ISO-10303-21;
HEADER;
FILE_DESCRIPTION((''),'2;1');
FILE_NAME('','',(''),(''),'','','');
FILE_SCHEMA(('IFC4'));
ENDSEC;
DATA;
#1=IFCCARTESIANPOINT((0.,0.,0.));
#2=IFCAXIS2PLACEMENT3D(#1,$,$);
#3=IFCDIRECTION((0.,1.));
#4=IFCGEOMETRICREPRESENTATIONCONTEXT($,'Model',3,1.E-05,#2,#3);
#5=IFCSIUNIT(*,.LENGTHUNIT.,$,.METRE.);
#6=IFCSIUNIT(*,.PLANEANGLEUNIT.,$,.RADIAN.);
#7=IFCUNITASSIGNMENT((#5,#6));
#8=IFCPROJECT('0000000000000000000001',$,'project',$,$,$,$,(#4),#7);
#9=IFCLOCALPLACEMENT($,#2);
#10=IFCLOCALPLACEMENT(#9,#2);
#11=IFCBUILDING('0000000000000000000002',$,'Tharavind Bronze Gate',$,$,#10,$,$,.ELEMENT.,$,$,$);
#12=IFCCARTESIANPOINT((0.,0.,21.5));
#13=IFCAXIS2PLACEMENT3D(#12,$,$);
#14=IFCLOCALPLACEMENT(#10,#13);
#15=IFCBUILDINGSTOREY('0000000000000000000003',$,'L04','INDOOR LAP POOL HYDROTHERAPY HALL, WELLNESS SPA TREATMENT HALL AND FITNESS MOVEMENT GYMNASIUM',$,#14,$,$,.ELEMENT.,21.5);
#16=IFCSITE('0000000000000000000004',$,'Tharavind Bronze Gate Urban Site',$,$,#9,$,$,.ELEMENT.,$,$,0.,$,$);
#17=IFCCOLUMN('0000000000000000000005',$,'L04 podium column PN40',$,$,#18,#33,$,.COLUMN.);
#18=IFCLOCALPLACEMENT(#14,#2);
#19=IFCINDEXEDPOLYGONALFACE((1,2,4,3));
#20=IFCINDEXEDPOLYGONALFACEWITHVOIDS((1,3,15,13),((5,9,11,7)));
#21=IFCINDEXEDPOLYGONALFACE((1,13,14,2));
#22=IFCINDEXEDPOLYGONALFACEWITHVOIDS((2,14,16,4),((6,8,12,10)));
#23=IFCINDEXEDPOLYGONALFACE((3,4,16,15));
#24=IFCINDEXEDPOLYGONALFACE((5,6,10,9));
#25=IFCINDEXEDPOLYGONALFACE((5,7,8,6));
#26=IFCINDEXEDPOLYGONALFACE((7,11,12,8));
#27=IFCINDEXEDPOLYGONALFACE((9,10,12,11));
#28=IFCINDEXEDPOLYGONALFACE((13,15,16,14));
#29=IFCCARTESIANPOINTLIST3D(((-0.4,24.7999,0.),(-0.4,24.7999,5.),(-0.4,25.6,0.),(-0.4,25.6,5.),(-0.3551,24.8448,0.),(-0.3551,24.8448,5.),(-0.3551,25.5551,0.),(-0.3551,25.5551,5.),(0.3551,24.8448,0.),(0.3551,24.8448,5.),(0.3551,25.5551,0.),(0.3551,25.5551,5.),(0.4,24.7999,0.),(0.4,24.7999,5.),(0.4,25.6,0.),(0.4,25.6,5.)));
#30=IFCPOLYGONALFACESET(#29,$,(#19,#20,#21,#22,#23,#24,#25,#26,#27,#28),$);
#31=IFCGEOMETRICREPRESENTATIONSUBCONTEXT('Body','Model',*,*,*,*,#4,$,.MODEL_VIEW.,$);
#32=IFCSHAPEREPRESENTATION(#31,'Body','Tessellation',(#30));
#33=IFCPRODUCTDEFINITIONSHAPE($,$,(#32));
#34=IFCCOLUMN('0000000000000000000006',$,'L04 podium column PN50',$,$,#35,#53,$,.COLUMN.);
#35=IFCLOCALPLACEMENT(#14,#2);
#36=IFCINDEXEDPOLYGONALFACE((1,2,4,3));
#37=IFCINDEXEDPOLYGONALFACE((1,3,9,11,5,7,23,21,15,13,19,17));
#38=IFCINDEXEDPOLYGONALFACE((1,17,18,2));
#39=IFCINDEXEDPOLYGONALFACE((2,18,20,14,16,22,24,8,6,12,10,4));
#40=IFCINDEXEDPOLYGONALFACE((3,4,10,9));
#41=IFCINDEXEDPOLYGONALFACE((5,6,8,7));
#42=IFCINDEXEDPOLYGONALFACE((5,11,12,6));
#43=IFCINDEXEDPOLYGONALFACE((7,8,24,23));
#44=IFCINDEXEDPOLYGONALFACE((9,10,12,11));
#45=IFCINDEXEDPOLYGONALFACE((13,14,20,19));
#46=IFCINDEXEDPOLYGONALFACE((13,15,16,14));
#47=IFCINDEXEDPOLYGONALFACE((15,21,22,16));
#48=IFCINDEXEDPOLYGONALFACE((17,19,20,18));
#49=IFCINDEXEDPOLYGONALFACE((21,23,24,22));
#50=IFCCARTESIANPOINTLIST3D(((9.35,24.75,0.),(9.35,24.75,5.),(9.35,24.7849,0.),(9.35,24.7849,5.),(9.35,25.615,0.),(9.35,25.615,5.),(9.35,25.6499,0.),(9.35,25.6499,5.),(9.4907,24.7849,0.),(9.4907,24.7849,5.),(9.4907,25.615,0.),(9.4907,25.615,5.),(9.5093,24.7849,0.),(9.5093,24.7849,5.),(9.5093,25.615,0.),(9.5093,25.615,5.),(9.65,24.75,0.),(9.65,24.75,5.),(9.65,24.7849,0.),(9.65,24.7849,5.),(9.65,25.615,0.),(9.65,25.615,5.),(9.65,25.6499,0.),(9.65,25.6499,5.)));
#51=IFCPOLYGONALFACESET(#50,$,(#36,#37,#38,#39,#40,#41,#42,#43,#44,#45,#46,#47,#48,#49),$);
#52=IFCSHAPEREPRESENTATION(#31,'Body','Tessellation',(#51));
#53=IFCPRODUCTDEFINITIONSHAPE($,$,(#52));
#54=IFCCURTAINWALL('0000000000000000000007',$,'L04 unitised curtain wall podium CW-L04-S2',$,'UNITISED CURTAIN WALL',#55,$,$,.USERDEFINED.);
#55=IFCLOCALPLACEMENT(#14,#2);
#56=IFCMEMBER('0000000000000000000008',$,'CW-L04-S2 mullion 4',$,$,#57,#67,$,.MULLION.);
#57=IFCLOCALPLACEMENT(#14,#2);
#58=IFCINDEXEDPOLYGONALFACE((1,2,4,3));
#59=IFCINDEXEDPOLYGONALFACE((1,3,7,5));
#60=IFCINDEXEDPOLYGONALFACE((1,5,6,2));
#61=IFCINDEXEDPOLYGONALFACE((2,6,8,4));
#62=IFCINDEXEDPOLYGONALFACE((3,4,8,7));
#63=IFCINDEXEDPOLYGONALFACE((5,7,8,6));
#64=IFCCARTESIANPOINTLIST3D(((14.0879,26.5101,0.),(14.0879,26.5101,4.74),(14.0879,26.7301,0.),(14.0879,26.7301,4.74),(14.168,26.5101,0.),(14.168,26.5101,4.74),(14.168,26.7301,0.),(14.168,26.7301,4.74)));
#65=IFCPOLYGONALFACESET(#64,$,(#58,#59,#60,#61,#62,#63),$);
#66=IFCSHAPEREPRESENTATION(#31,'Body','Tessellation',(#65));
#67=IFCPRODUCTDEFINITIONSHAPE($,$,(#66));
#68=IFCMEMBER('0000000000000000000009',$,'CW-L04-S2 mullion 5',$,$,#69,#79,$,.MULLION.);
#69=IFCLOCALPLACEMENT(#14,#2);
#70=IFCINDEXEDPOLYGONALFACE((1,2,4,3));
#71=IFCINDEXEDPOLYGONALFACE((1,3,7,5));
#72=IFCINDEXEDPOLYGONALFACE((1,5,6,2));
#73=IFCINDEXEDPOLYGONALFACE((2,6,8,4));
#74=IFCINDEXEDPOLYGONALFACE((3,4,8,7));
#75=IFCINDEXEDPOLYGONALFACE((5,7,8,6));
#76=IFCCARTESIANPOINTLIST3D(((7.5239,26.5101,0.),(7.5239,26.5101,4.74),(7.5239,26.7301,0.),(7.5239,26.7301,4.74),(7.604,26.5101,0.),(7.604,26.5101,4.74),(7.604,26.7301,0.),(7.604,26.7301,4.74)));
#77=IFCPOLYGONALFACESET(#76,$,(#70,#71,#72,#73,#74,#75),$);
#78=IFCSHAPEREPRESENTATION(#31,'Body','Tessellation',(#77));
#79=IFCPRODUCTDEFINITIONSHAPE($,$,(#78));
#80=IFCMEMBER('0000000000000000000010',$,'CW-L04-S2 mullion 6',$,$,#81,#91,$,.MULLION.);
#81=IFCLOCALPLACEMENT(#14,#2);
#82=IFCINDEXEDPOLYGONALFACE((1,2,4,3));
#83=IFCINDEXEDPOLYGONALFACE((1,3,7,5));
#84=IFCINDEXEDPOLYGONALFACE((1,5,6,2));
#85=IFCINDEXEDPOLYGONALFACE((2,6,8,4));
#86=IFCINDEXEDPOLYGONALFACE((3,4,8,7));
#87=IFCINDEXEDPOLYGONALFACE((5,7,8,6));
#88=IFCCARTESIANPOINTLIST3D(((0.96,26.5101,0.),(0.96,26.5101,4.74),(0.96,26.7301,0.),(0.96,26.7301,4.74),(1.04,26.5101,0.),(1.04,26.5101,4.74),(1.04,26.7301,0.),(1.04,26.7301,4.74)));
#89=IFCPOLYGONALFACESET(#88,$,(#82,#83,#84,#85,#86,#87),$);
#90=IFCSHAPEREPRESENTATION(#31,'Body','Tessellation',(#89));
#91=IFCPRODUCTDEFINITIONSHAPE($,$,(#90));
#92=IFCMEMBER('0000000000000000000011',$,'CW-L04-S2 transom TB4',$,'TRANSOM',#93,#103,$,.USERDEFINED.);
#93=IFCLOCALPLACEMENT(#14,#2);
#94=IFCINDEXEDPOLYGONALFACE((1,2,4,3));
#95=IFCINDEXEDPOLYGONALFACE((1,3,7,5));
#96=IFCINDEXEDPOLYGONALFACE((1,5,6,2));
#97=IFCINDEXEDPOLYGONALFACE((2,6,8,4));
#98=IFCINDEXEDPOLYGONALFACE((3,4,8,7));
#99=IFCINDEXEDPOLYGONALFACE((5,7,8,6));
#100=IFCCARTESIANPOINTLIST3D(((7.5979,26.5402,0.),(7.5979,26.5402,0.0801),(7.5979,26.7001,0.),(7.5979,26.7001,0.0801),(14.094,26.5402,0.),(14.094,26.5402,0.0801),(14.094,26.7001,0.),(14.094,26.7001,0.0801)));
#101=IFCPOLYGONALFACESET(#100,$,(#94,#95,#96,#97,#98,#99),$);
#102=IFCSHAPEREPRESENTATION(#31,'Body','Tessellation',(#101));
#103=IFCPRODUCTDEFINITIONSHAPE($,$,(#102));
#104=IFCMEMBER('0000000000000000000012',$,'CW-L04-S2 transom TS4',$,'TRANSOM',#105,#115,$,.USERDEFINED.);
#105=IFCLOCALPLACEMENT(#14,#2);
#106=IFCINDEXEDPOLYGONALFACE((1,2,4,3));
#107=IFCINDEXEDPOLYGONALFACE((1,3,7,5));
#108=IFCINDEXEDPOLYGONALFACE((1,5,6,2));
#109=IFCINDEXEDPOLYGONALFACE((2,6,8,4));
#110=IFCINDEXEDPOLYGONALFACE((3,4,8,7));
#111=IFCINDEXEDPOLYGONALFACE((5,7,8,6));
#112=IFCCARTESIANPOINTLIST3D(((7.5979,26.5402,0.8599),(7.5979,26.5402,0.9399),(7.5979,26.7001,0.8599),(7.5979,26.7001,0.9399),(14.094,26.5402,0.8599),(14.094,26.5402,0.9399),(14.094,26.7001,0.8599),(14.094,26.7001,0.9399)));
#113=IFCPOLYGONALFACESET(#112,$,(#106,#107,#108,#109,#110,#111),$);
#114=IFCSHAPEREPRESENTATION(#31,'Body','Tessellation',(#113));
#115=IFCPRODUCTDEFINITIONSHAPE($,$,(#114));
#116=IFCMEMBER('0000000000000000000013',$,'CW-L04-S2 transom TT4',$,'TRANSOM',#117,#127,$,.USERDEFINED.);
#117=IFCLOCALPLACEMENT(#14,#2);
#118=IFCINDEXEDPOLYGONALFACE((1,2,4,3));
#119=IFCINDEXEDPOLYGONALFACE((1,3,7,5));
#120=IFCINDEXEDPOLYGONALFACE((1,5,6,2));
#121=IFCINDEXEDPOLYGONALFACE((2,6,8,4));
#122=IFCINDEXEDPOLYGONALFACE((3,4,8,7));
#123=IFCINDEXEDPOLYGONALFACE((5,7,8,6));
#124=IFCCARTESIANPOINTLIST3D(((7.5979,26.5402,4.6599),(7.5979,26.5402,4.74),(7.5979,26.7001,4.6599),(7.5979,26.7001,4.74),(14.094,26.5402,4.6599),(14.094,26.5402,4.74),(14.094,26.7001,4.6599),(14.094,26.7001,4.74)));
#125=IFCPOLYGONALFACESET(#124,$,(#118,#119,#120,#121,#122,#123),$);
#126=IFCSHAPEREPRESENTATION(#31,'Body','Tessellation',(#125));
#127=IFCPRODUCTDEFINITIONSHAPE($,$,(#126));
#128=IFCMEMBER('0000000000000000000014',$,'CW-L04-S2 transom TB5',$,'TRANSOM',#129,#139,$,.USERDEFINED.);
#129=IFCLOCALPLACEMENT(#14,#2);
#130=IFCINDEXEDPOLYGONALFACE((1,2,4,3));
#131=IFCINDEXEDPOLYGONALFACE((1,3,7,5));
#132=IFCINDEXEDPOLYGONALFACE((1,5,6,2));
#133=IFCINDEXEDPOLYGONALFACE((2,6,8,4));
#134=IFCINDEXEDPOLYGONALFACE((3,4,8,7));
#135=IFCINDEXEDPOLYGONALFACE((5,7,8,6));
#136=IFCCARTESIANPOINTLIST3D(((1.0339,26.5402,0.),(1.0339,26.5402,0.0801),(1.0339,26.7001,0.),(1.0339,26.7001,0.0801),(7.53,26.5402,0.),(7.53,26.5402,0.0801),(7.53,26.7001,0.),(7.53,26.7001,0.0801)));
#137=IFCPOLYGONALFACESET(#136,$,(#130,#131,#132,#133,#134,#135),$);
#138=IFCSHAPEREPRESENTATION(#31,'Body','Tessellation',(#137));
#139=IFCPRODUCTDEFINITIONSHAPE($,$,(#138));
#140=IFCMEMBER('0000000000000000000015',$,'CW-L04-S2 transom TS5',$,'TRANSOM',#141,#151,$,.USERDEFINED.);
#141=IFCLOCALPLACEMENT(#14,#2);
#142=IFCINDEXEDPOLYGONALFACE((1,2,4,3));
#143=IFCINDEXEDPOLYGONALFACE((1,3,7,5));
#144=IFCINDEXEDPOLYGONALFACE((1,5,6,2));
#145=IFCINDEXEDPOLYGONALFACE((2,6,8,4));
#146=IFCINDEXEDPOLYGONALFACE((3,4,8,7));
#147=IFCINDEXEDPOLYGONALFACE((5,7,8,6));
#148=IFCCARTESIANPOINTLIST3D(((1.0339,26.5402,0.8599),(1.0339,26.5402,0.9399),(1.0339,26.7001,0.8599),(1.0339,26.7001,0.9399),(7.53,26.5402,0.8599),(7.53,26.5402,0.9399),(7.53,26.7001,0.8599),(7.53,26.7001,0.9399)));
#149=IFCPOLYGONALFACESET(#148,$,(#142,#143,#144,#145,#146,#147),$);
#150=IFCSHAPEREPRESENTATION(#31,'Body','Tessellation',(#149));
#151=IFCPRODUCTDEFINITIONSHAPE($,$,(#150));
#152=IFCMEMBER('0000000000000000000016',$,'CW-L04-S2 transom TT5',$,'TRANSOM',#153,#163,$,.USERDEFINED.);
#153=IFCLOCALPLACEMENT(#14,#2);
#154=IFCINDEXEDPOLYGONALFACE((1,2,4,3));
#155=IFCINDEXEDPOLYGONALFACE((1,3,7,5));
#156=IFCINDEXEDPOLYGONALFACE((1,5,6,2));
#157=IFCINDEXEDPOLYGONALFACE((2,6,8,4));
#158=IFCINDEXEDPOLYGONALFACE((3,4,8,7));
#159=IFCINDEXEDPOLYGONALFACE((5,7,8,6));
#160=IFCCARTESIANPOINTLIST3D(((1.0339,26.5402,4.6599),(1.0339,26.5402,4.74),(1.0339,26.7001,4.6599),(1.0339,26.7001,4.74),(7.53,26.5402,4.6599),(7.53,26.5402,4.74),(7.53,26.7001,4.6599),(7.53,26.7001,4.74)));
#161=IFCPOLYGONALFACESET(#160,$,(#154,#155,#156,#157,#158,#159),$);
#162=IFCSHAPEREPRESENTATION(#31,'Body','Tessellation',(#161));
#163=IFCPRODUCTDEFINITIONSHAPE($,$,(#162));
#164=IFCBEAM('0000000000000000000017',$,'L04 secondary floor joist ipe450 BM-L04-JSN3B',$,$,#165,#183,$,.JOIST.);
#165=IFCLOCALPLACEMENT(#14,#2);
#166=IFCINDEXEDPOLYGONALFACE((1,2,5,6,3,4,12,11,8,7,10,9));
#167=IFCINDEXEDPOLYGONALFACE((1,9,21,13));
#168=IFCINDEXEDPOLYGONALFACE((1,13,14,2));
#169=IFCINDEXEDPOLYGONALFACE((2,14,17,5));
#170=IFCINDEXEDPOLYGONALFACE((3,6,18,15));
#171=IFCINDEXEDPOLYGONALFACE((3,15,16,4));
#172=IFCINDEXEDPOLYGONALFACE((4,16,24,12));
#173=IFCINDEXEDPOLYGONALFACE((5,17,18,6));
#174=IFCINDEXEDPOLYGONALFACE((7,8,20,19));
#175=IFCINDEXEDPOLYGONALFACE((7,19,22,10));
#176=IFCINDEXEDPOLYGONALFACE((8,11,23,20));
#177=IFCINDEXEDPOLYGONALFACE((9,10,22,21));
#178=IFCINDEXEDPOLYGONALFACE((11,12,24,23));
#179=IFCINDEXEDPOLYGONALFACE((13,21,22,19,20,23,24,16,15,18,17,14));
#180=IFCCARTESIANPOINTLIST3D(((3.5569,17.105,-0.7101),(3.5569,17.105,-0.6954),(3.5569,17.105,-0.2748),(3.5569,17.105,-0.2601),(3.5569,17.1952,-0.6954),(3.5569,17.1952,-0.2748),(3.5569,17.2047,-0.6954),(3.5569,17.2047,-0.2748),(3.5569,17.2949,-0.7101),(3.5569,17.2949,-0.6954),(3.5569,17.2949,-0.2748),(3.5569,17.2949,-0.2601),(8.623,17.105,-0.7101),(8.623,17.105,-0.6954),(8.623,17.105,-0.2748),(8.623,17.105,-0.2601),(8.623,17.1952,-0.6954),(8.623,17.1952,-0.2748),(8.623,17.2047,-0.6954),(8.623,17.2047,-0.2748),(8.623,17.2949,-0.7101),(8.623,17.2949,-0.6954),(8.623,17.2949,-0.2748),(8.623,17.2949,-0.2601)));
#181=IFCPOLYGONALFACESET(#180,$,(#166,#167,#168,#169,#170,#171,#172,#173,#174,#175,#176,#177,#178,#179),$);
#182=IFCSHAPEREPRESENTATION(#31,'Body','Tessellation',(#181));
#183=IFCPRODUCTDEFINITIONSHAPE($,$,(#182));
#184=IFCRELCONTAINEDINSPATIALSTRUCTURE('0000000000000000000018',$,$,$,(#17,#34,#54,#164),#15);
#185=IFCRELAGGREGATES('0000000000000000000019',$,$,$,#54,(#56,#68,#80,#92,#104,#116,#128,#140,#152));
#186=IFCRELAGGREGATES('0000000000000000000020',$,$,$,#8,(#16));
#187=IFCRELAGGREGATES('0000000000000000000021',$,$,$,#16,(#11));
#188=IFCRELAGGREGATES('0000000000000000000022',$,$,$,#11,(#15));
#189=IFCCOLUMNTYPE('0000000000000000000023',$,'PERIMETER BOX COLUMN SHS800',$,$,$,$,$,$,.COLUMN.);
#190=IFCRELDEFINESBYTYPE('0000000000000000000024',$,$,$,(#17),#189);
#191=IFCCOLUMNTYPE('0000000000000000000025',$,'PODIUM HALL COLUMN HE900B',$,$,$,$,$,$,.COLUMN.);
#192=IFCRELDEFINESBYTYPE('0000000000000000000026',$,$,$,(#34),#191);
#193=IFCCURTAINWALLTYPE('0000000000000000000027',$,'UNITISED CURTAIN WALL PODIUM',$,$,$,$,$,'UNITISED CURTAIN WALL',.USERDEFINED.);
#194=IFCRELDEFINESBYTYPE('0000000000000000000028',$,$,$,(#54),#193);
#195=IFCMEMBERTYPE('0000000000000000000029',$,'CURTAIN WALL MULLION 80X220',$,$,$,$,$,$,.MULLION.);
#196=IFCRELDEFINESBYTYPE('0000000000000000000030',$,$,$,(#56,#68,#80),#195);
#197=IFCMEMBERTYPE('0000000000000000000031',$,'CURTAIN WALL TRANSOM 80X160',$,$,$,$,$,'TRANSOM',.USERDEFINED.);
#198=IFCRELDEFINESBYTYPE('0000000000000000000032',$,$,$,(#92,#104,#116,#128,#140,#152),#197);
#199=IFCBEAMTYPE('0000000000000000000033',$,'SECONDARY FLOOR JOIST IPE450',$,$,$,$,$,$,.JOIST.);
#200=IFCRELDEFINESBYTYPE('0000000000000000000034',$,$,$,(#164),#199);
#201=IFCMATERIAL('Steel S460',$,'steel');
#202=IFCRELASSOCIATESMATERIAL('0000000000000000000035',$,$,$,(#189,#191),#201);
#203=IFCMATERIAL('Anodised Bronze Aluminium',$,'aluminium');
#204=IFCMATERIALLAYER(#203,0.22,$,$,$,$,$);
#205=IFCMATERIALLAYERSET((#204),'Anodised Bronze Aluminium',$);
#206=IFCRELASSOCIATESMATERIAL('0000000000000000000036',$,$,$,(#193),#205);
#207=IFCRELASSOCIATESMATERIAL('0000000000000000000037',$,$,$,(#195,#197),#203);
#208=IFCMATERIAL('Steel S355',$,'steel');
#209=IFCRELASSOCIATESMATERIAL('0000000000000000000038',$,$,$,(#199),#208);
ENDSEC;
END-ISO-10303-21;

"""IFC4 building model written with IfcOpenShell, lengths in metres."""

from ifc_helpers import new_model, si_unit, direction, frame, origin, origin_2d, place, context, subcontext, project, spatial, rectangle, hollow_rectangle, i_section, extrude, material, layer, layer_set, material_profile, profile_set, type_object, element, aggregate, save


model = new_model("IFC4")

# Units and contexts
model_context = context("Model", 3, precision=1e-05, world=origin(), true_north=direction((0.0, 1.0)))
body_context = subcontext(model_context, "Body", "Model", "MODEL_VIEW")
ifc_project = project(units=[si_unit("LENGTHUNIT", "METRE"), si_unit("PLANEANGLEUNIT", "RADIAN")], contexts=[model_context])

# Site, building, storey
site_placement = place(None, origin())
site = spatial("IfcSite", under=ifc_project, at=site_placement, Name="Tharavind Bronze Gate Urban Site", CompositionType="ELEMENT", RefElevation=0.0)
building_placement = place(site_placement, origin())
building = spatial("IfcBuilding", under=site, at=building_placement, Name="Tharavind Bronze Gate", CompositionType="ELEMENT")
storey_placement = place(building_placement, frame((0.0, 0.0, 21.5)))
storey = spatial("IfcBuildingStorey", under=building, at=storey_placement, Name="L04", Description="INDOOR LAP POOL HYDROTHERAPY HALL, WELLNESS SPA TREATMENT HALL AND FITNESS MOVEMENT GYMNASIUM", CompositionType="ELEMENT", Elevation=21.5)

# Columns
ifc_material_1 = material(Name="Steel S460", Category="steel")
ifc_material_profile_1 = material_profile(ifc_material_1, hollow_rectangle(XDim=0.8, YDim=0.8, WallThickness=0.0449, at=origin_2d()), Name="SHS800X45")
ifc_profile_set_1 = profile_set([ifc_material_profile_1], Name="Steel S460")
column_type_1 = type_object("IfcColumnType", Name="PERIMETER BOX COLUMN SHS800", PredefinedType="COLUMN", material=ifc_profile_set_1)
column_1_placement = place(storey_placement, frame((0.0, 25.2, 0.0), z_axis=(0.0, 0.0, 1.0), x_axis=(1.0, 0.0, 0.0)))
element("IfcColumn", 1, at=column_1_placement, inside=storey, type_object=column_type_1, Name="L04 podium column PN40", PredefinedType="COLUMN", context=body_context, shape_type="SweptSolid", body=[
    extrude(hollow_rectangle(XDim=0.8, YDim=0.8, WallThickness=0.0449, at=origin_2d()), origin(), (0.0, 0.0, 1.0), 5.0),
])
ifc_material_profile_2 = material_profile(ifc_material_1, i_section(OverallWidth=0.3, OverallDepth=0.8999, WebThickness=0.0186, FlangeThickness=0.0349, at=origin_2d()), Name="HE900B")
ifc_profile_set_2 = profile_set([ifc_material_profile_2], Name="Steel S460")
column_type_2 = type_object("IfcColumnType", Name="PODIUM HALL COLUMN HE900B", PredefinedType="COLUMN", material=ifc_profile_set_2)
column_2_placement = place(storey_placement, frame((9.5, 25.2, 0.0), z_axis=(0.0, 0.0, 1.0), x_axis=(1.0, 0.0, 0.0)))
element("IfcColumn", 2, at=column_2_placement, inside=storey, type_object=column_type_2, Name="L04 podium column PN50", PredefinedType="COLUMN", context=body_context, shape_type="SweptSolid", body=[
    extrude(i_section(OverallWidth=0.3, OverallDepth=0.8999, WebThickness=0.0186, FlangeThickness=0.0349, at=origin_2d()), origin(), (0.0, 0.0, 1.0), 5.0),
])

# Curtain wall, members
ifc_material_2 = material(Name="Anodised Bronze Aluminium", Category="aluminium")
ifc_layer_1 = layer(ifc_material_2, 0.22)
ifc_layer_set_1 = layer_set([ifc_layer_1], Name="Anodised Bronze Aluminium")
curtain_wall_type = type_object("IfcCurtainWallType", Name="UNITISED CURTAIN WALL PODIUM", ElementType="UNITISED CURTAIN WALL", PredefinedType="USERDEFINED", material=ifc_layer_set_1)
curtain_wall_placement = place(storey_placement, origin())
curtain_wall = element("IfcCurtainWall", 3, at=curtain_wall_placement, inside=storey, type_object=curtain_wall_type, Name="L04 unitised curtain wall podium CW-L04-S2", ObjectType="UNITISED CURTAIN WALL", PredefinedType="USERDEFINED")
member_type_1 = type_object("IfcMemberType", Name="CURTAIN WALL MULLION 80X220", PredefinedType="MULLION", material=ifc_material_2)
member_1_placement = place(storey_placement, frame((14.1279, 26.6201, 0.0), z_axis=(0.0, 0.0, 1.0), x_axis=(-1.0, 0.0, 0.0)))
member_1 = element("IfcMember", 4, at=member_1_placement, type_object=member_type_1, Name="CW-L04-S2 mullion 4", PredefinedType="MULLION", context=body_context, shape_type="SweptSolid", body=[
    extrude(rectangle(XDim=0.0801, YDim=0.22, at=origin_2d()), origin(), (0.0, 0.0, 1.0), 4.74),
])
member_2_placement = place(storey_placement, frame((7.564, 26.6201, 0.0), z_axis=(0.0, 0.0, 1.0), x_axis=(-1.0, 0.0, 0.0)))
member_2 = element("IfcMember", 5, at=member_2_placement, type_object=member_type_1, Name="CW-L04-S2 mullion 5", PredefinedType="MULLION", context=body_context, shape_type="SweptSolid", body=[
    extrude(rectangle(XDim=0.0801, YDim=0.22, at=origin_2d()), origin(), (0.0, 0.0, 1.0), 4.74),
])
member_3_placement = place(storey_placement, frame((1.0, 26.6201, 0.0), z_axis=(0.0, 0.0, 1.0), x_axis=(-1.0, 0.0, 0.0)))
member_3 = element("IfcMember", 6, at=member_3_placement, type_object=member_type_1, Name="CW-L04-S2 mullion 6", PredefinedType="MULLION", context=body_context, shape_type="SweptSolid", body=[
    extrude(rectangle(XDim=0.0801, YDim=0.22, at=origin_2d()), origin(), (0.0, 0.0, 1.0), 4.74),
])
member_type_2 = type_object("IfcMemberType", Name="CURTAIN WALL TRANSOM 80X160", ElementType="TRANSOM", PredefinedType="USERDEFINED", material=ifc_material_2)
member_4_placement = place(storey_placement, frame((10.8459, 26.6201, 0.0), z_axis=(0.0, 0.0, 1.0), x_axis=(-1.0, 0.0, 0.0)))
member_4 = element("IfcMember", 7, at=member_4_placement, type_object=member_type_2, Name="CW-L04-S2 transom TB4", ObjectType="TRANSOM", PredefinedType="USERDEFINED", context=body_context, shape_type="SweptSolid", body=[
    extrude(rectangle(XDim=6.4961, YDim=0.1599, at=origin_2d()), origin(), (0.0, 0.0, 1.0), 0.0801),
])
member_5_placement = place(storey_placement, frame((10.8459, 26.6201, 0.8599), z_axis=(0.0, 0.0, 1.0), x_axis=(-1.0, 0.0, 0.0)))
member_5 = element("IfcMember", 8, at=member_5_placement, type_object=member_type_2, Name="CW-L04-S2 transom TS4", ObjectType="TRANSOM", PredefinedType="USERDEFINED", context=body_context, shape_type="SweptSolid", body=[
    extrude(rectangle(XDim=6.4961, YDim=0.1599, at=origin_2d()), origin(), (0.0, 0.0, 1.0), 0.0801),
])
member_6_placement = place(storey_placement, frame((10.8459, 26.6201, 4.6599), z_axis=(0.0, 0.0, 1.0), x_axis=(-1.0, 0.0, 0.0)))
member_6 = element("IfcMember", 9, at=member_6_placement, type_object=member_type_2, Name="CW-L04-S2 transom TT4", ObjectType="TRANSOM", PredefinedType="USERDEFINED", context=body_context, shape_type="SweptSolid", body=[
    extrude(rectangle(XDim=6.4961, YDim=0.1599, at=origin_2d()), origin(), (0.0, 0.0, 1.0), 0.0801),
])
member_7_placement = place(storey_placement, frame((4.282, 26.6201, 0.0), z_axis=(0.0, 0.0, 1.0), x_axis=(-1.0, 0.0, 0.0)))
member_7 = element("IfcMember", 10, at=member_7_placement, type_object=member_type_2, Name="CW-L04-S2 transom TB5", ObjectType="TRANSOM", PredefinedType="USERDEFINED", context=body_context, shape_type="SweptSolid", body=[
    extrude(rectangle(XDim=6.4961, YDim=0.1599, at=origin_2d()), origin(), (0.0, 0.0, 1.0), 0.0801),
])
member_8_placement = place(storey_placement, frame((4.282, 26.6201, 0.8599), z_axis=(0.0, 0.0, 1.0), x_axis=(-1.0, 0.0, 0.0)))
member_8 = element("IfcMember", 11, at=member_8_placement, type_object=member_type_2, Name="CW-L04-S2 transom TS5", ObjectType="TRANSOM", PredefinedType="USERDEFINED", context=body_context, shape_type="SweptSolid", body=[
    extrude(rectangle(XDim=6.4961, YDim=0.1599, at=origin_2d()), origin(), (0.0, 0.0, 1.0), 0.0801),
])
member_9_placement = place(storey_placement, frame((4.282, 26.6201, 4.6599), z_axis=(0.0, 0.0, 1.0), x_axis=(-1.0, 0.0, 0.0)))
member_9 = element("IfcMember", 12, at=member_9_placement, type_object=member_type_2, Name="CW-L04-S2 transom TT5", ObjectType="TRANSOM", PredefinedType="USERDEFINED", context=body_context, shape_type="SweptSolid", body=[
    extrude(rectangle(XDim=6.4961, YDim=0.1599, at=origin_2d()), origin(), (0.0, 0.0, 1.0), 0.0801),
])

# Beam
ifc_material_3 = material(Name="Steel S355", Category="steel")
ifc_material_profile_3 = material_profile(ifc_material_3, i_section(OverallWidth=0.1899, OverallDepth=0.45, WebThickness=0.0095, FlangeThickness=0.0146, at=origin_2d()), Name="IPE450")
ifc_profile_set_3 = profile_set([ifc_material_profile_3], Name="Steel S355")
beam_type_1 = type_object("IfcBeamType", Name="SECONDARY FLOOR JOIST IPE450", PredefinedType="JOIST", material=ifc_profile_set_3)
beam_1_placement = place(storey_placement, frame((3.5569, 17.2, -0.4851), z_axis=(1.0, 0.0, 0.0), x_axis=(0.0, 1.0, 0.0)))
element("IfcBeam", 13, at=beam_1_placement, inside=storey, type_object=beam_type_1, Name="L04 secondary floor joist ipe450 BM-L04-JSN3B", PredefinedType="JOIST", context=body_context, shape_type="SweptSolid", body=[
    extrude(i_section(OverallWidth=0.1899, OverallDepth=0.45, WebThickness=0.0095, FlangeThickness=0.0146, at=origin_2d()), origin(), (0.0, 0.0, 1.0), 5.0662),
])

aggregate(curtain_wall, [member_1, member_2, member_3, member_4, member_5, member_6, member_7, member_8, member_9])

save(model, "model.ifc")
